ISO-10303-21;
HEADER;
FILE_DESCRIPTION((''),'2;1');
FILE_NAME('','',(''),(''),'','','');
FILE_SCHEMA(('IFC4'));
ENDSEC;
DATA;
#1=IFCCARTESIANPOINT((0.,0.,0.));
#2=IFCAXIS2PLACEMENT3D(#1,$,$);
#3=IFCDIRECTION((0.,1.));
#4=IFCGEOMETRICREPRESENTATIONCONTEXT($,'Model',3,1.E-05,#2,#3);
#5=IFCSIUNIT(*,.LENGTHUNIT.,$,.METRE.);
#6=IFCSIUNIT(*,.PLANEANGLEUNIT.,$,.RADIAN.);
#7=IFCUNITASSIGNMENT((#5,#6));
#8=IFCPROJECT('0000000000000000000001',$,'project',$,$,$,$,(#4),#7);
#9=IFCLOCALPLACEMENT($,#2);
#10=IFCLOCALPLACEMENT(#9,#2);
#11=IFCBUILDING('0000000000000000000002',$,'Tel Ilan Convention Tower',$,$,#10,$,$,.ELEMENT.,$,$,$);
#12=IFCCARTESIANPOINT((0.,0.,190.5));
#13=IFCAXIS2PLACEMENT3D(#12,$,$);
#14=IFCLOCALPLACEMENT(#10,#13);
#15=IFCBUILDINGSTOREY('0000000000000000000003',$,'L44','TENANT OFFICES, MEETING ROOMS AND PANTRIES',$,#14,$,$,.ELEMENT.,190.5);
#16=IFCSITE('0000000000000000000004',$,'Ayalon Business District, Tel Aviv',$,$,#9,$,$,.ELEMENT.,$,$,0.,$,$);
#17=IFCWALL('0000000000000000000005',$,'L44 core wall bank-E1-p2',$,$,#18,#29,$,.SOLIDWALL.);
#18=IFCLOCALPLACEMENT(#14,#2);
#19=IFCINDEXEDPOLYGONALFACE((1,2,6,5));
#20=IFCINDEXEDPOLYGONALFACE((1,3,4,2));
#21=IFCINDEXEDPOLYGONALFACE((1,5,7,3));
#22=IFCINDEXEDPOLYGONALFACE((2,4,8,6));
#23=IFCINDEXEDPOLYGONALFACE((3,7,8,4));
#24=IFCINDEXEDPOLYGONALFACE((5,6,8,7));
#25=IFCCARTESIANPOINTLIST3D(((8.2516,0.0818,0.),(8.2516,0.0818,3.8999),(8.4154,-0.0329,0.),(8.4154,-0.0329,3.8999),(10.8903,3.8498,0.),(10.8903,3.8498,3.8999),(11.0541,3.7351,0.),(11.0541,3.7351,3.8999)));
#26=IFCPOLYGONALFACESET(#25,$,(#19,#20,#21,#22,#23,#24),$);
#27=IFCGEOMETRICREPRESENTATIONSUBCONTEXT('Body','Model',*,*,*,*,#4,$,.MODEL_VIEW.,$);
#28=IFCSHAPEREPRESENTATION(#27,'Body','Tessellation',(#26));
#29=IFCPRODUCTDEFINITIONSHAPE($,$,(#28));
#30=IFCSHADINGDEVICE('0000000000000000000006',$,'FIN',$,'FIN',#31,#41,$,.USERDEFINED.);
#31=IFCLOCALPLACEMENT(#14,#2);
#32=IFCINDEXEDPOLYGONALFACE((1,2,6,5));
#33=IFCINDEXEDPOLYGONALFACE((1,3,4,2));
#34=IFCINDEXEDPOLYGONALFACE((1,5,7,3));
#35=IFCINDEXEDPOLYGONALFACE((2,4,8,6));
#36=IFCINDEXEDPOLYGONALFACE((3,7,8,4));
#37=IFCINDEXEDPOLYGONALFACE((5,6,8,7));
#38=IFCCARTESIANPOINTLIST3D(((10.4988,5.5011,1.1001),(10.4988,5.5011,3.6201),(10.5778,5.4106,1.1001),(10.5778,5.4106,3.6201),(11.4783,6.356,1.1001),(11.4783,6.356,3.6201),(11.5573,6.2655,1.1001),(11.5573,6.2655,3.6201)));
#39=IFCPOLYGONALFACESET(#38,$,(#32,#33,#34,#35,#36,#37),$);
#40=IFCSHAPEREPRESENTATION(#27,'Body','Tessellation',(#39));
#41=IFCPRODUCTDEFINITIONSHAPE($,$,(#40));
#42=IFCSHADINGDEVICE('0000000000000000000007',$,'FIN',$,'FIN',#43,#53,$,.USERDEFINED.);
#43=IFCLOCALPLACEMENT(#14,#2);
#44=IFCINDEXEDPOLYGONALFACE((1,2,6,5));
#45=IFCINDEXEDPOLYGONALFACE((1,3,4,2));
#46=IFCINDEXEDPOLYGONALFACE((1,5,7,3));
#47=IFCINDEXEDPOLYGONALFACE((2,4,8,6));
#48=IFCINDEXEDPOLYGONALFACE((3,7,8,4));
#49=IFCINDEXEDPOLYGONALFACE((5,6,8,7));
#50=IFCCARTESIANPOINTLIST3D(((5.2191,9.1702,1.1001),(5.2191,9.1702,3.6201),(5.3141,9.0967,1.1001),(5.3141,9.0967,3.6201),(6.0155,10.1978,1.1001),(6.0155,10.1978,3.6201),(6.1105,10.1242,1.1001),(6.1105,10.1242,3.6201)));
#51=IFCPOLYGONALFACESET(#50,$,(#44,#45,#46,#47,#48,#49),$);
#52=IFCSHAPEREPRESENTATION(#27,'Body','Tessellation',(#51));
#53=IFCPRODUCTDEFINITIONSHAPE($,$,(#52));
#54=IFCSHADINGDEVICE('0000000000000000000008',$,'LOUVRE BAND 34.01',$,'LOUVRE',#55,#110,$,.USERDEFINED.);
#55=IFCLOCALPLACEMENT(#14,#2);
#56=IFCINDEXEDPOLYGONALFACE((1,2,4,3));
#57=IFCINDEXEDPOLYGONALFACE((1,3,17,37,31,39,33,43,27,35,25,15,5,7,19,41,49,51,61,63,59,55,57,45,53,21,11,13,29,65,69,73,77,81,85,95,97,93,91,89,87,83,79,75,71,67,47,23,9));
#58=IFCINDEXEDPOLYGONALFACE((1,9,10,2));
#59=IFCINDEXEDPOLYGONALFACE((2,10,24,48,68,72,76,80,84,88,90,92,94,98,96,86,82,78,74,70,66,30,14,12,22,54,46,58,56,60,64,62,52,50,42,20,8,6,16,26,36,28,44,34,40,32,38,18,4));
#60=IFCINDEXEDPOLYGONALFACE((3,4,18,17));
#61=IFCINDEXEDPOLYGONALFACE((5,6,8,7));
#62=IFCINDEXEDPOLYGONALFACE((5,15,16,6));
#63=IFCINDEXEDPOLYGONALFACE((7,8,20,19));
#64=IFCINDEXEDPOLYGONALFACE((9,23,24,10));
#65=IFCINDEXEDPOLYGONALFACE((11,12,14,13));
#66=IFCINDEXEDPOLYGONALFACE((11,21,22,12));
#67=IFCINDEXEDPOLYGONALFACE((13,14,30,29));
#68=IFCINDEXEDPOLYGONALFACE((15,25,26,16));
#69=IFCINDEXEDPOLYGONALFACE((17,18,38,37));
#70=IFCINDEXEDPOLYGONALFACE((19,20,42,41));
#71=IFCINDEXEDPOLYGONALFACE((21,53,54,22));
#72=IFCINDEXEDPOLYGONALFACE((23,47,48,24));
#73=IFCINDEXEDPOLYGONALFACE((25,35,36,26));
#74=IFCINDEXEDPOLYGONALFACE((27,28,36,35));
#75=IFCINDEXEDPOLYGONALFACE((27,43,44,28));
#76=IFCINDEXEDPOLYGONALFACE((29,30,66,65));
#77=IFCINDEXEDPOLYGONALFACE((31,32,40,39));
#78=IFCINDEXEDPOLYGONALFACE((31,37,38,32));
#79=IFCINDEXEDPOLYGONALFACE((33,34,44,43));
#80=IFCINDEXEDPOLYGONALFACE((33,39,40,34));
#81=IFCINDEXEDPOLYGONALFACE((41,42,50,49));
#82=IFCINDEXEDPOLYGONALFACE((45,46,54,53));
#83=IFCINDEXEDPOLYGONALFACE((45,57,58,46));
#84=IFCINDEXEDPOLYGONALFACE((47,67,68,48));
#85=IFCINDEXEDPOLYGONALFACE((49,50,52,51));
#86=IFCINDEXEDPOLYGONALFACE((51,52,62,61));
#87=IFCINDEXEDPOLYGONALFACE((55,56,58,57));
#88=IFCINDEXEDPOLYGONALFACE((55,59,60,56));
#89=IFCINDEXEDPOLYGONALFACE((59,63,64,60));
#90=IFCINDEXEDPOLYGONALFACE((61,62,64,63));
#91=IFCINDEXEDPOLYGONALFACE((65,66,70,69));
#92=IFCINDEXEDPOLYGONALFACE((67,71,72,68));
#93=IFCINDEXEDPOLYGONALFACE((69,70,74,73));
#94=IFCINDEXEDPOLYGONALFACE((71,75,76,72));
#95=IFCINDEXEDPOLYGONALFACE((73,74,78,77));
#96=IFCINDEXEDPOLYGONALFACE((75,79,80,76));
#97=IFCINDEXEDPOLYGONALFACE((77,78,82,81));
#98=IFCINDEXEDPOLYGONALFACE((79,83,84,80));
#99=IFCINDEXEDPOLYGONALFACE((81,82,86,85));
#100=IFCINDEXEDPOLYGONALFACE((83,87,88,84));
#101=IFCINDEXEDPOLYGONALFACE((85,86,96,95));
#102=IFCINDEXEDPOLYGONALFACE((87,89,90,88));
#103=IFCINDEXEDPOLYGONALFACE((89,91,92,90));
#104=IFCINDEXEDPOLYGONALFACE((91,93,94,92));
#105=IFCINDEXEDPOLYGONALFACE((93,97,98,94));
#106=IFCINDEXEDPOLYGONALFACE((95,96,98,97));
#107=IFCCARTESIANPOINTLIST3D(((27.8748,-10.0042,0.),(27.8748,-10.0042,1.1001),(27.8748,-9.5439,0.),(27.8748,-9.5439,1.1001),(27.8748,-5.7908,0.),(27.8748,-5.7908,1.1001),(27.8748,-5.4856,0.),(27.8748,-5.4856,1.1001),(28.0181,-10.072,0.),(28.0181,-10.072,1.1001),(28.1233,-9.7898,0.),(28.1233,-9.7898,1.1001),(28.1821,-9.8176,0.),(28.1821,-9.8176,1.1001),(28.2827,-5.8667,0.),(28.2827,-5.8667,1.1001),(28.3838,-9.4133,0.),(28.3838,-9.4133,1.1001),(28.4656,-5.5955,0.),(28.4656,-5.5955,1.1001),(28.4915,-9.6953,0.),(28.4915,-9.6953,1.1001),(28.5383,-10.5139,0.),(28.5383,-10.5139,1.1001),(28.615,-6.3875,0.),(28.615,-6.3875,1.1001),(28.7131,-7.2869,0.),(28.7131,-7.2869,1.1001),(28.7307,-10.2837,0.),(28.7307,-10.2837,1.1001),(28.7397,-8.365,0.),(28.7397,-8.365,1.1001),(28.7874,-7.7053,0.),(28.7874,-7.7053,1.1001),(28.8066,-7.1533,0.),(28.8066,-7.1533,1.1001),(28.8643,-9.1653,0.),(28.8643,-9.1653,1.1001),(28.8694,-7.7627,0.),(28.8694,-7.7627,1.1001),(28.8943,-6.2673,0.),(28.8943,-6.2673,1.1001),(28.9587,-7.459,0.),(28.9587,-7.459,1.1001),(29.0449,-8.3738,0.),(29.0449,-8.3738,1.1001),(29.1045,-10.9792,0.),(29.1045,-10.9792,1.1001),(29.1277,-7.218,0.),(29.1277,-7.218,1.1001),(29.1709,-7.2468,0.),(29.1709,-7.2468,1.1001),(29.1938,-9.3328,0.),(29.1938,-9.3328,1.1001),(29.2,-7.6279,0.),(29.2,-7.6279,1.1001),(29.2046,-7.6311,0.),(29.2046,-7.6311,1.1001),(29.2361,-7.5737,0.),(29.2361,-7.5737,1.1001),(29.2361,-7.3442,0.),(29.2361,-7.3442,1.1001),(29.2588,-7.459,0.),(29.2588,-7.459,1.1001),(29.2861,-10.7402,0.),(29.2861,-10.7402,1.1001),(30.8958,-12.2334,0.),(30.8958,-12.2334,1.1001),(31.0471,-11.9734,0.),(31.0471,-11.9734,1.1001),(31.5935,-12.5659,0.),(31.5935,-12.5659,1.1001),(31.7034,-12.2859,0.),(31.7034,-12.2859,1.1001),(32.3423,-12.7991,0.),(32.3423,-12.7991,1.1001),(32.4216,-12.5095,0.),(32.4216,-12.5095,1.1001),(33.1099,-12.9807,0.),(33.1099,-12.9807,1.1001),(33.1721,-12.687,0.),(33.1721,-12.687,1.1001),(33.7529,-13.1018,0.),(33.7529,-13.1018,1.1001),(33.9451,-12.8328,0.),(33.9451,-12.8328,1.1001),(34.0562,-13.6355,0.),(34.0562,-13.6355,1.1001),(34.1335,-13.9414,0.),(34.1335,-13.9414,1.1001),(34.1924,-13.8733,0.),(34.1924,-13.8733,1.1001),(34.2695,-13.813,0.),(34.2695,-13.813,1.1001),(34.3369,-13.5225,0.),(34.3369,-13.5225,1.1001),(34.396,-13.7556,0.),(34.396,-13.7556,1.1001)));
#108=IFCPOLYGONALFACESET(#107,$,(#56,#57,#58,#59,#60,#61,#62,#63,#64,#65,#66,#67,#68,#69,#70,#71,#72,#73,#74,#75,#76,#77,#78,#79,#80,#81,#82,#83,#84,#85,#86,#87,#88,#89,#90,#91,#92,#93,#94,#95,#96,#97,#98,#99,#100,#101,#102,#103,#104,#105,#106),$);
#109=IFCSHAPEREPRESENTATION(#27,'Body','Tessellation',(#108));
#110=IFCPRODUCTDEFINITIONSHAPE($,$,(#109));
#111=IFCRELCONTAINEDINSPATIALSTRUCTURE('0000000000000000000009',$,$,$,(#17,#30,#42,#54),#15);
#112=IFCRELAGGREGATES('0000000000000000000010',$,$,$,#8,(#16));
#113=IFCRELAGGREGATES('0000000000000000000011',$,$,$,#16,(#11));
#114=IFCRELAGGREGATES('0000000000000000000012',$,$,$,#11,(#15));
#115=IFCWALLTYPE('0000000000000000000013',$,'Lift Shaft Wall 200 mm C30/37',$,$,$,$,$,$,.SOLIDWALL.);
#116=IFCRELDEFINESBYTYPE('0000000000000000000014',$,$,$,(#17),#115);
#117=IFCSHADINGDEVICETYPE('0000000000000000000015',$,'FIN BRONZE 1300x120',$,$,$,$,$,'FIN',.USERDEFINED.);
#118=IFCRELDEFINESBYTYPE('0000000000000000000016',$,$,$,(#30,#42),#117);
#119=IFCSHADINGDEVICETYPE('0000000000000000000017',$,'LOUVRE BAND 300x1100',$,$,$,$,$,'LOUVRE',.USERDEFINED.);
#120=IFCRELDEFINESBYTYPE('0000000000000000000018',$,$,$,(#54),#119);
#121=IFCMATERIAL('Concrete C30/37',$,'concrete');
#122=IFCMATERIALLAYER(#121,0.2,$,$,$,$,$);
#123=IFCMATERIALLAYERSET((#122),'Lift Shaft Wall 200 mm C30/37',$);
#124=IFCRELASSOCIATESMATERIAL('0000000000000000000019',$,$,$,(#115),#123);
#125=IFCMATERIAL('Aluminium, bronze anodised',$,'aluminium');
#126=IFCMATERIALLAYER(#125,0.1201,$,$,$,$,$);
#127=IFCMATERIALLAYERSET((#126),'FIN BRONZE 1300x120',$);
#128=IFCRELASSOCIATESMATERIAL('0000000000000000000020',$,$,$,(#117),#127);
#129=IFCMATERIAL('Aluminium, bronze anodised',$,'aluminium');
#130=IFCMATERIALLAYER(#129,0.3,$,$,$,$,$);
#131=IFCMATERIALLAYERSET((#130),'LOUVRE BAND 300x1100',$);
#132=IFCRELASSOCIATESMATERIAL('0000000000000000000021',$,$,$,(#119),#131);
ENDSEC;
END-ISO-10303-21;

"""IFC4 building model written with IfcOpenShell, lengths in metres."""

from ifc_helpers import new_model, si_unit, direction, frame, frame_2d, origin, origin_2d, place, context, subcontext, project, spatial, polyline, rectangle, outline, extrude, material, layer, layer_set, type_object, element, save


model = new_model("IFC4")

# Units and contexts
model_context = context("Model", 3, precision=1e-05, world=origin(), true_north=direction((0.0, 1.0)))
body_context = subcontext(model_context, "Body", "Model", "MODEL_VIEW")
ifc_project = project(units=[si_unit("LENGTHUNIT", "METRE"), si_unit("PLANEANGLEUNIT", "RADIAN")], contexts=[model_context])

# Site, building, storey
site_placement = place(None, origin())
site = spatial("IfcSite", under=ifc_project, at=site_placement, Name="Ayalon Business District, Tel Aviv", CompositionType="ELEMENT", RefElevation=0.0)
building_placement = place(site_placement, origin())
building = spatial("IfcBuilding", under=site, at=building_placement, Name="Tel Ilan Convention Tower", CompositionType="ELEMENT")
storey_placement = place(building_placement, frame((0.0, 0.0, 190.5)))
storey = spatial("IfcBuildingStorey", under=building, at=storey_placement, Name="L44", Description="TENANT OFFICES, MEETING ROOMS AND PANTRIES", CompositionType="ELEMENT", Elevation=190.5)

# Wall
ifc_material_1 = material(Name="Concrete C30/37", Category="concrete")
ifc_layer_1 = layer(ifc_material_1, 0.2)
ifc_layer_set_1 = layer_set([ifc_layer_1], Name="Lift Shaft Wall 200 mm C30/37")
wall_type_1 = type_object("IfcWallType", Name="Lift Shaft Wall 200 mm C30/37", PredefinedType="SOLIDWALL", material=ifc_layer_set_1)
wall_1_placement = place(storey_placement, frame((8.3335, 0.0244, 0.0), z_axis=(0.0, 0.0, 1.0), x_axis=(0.573612, 0.819127, 0.0)))
element("IfcWall", 1, at=wall_1_placement, inside=storey, type_object=wall_type_1, Name="L44 core wall bank-E1-p2", PredefinedType="SOLIDWALL", context=body_context, shape_type="SweptSolid", body=[
    extrude(rectangle(XDim=4.6001, YDim=0.2, at=frame_2d((2.3, 0.0))), origin(), (0.0, 0.0, 1.0), 3.8999),
])

# Shading devices
ifc_material_2 = material(Name="Aluminium, bronze anodised", Category="aluminium")
ifc_layer_2 = layer(ifc_material_2, 0.1201)
ifc_layer_set_2 = layer_set([ifc_layer_2], Name="FIN BRONZE 1300x120")
shading_device_type_1 = type_object("IfcShadingDeviceType", Name="FIN BRONZE 1300x120", ElementType="FIN", PredefinedType="USERDEFINED", material=ifc_layer_set_2)
for number, where, z_axis, x_axis, name in (
    (2, (11.0281, 5.8833, 1.1001), (0.0, 0.0, 1.0), (0.753436, 0.657521, 0.0), "FIN"),
    (3, (5.6648, 9.6472, 1.1001), (0.0, 0.0, 1.0), (0.612601, 0.790393, 0.0), "FIN"),
):
    element("IfcShadingDevice", number, at=place(storey_placement, frame(where, z_axis=z_axis, x_axis=x_axis)), inside=storey, type_object=shading_device_type_1, Name=name, ObjectType="FIN", PredefinedType="USERDEFINED", context=body_context, shape_type="SweptSolid", body=[
        extrude(rectangle(XDim=1.3, YDim=0.1201, at=origin_2d()), origin(), (0.0, 0.0, 1.0), 2.52),
    ])
ifc_material_3 = material(Name="Aluminium, bronze anodised", Category="aluminium")
ifc_layer_3 = layer(ifc_material_3, 0.3)
ifc_layer_set_3 = layer_set([ifc_layer_3], Name="LOUVRE BAND 300x1100")
shading_device_type_2 = type_object("IfcShadingDeviceType", Name="LOUVRE BAND 300x1100", ElementType="LOUVRE", PredefinedType="USERDEFINED", material=ifc_layer_set_3)
shading_device_1_placement = place(storey_placement, origin())
element("IfcShadingDevice", 4, at=shading_device_1_placement, inside=storey, type_object=shading_device_type_2, Name="LOUVRE BAND 34.01", ObjectType="LOUVRE", PredefinedType="USERDEFINED", context=body_context, shape_type="SweptSolid", body=[
    extrude(outline(polyline([(28.4656, -5.5955), (27.8748, -5.4856), (27.8748, -5.7908), (28.2827, -5.8667), (28.615, -6.3875), (28.8066, -7.1533), (28.7131, -7.2869), (28.9587, -7.459), (28.7874, -7.7053), (28.8694, -7.7627), (28.7397, -8.365), (28.8643, -9.1653), (28.3838, -9.4133), (27.8748, -9.5439), (27.8748, -10.0042), (28.0181, -10.072), (28.5383, -10.5139), (29.1045, -10.9792), (30.8958, -12.2334), (31.5935, -12.5659), (32.3423, -12.7991), (33.1099, -12.9807), (33.7529, -13.1018), (34.0562, -13.6355), (34.1335, -13.9414), (34.1924, -13.8733), (34.2695, -13.813), (34.396, -13.7556), (34.3369, -13.5225), (33.9451, -12.8328), (33.1721, -12.687), (32.4216, -12.5095), (31.7034, -12.2859), (31.0471, -11.9734), (29.2861, -10.7402), (28.7307, -10.2837), (28.1821, -9.8176), (28.1233, -9.7898), (28.4915, -9.6953), (29.1938, -9.3328), (29.0449, -8.3738), (29.2046, -7.6311), (29.2, -7.6279), (29.2361, -7.5737), (29.2588, -7.459), (29.2361, -7.3442), (29.1709, -7.2468), (29.1277, -7.218), (28.8943, -6.2673), (28.4656, -5.5955)])), origin(), (0.0, 0.0, 1.0), 1.1001),
])

save(model, "model.ifc")
